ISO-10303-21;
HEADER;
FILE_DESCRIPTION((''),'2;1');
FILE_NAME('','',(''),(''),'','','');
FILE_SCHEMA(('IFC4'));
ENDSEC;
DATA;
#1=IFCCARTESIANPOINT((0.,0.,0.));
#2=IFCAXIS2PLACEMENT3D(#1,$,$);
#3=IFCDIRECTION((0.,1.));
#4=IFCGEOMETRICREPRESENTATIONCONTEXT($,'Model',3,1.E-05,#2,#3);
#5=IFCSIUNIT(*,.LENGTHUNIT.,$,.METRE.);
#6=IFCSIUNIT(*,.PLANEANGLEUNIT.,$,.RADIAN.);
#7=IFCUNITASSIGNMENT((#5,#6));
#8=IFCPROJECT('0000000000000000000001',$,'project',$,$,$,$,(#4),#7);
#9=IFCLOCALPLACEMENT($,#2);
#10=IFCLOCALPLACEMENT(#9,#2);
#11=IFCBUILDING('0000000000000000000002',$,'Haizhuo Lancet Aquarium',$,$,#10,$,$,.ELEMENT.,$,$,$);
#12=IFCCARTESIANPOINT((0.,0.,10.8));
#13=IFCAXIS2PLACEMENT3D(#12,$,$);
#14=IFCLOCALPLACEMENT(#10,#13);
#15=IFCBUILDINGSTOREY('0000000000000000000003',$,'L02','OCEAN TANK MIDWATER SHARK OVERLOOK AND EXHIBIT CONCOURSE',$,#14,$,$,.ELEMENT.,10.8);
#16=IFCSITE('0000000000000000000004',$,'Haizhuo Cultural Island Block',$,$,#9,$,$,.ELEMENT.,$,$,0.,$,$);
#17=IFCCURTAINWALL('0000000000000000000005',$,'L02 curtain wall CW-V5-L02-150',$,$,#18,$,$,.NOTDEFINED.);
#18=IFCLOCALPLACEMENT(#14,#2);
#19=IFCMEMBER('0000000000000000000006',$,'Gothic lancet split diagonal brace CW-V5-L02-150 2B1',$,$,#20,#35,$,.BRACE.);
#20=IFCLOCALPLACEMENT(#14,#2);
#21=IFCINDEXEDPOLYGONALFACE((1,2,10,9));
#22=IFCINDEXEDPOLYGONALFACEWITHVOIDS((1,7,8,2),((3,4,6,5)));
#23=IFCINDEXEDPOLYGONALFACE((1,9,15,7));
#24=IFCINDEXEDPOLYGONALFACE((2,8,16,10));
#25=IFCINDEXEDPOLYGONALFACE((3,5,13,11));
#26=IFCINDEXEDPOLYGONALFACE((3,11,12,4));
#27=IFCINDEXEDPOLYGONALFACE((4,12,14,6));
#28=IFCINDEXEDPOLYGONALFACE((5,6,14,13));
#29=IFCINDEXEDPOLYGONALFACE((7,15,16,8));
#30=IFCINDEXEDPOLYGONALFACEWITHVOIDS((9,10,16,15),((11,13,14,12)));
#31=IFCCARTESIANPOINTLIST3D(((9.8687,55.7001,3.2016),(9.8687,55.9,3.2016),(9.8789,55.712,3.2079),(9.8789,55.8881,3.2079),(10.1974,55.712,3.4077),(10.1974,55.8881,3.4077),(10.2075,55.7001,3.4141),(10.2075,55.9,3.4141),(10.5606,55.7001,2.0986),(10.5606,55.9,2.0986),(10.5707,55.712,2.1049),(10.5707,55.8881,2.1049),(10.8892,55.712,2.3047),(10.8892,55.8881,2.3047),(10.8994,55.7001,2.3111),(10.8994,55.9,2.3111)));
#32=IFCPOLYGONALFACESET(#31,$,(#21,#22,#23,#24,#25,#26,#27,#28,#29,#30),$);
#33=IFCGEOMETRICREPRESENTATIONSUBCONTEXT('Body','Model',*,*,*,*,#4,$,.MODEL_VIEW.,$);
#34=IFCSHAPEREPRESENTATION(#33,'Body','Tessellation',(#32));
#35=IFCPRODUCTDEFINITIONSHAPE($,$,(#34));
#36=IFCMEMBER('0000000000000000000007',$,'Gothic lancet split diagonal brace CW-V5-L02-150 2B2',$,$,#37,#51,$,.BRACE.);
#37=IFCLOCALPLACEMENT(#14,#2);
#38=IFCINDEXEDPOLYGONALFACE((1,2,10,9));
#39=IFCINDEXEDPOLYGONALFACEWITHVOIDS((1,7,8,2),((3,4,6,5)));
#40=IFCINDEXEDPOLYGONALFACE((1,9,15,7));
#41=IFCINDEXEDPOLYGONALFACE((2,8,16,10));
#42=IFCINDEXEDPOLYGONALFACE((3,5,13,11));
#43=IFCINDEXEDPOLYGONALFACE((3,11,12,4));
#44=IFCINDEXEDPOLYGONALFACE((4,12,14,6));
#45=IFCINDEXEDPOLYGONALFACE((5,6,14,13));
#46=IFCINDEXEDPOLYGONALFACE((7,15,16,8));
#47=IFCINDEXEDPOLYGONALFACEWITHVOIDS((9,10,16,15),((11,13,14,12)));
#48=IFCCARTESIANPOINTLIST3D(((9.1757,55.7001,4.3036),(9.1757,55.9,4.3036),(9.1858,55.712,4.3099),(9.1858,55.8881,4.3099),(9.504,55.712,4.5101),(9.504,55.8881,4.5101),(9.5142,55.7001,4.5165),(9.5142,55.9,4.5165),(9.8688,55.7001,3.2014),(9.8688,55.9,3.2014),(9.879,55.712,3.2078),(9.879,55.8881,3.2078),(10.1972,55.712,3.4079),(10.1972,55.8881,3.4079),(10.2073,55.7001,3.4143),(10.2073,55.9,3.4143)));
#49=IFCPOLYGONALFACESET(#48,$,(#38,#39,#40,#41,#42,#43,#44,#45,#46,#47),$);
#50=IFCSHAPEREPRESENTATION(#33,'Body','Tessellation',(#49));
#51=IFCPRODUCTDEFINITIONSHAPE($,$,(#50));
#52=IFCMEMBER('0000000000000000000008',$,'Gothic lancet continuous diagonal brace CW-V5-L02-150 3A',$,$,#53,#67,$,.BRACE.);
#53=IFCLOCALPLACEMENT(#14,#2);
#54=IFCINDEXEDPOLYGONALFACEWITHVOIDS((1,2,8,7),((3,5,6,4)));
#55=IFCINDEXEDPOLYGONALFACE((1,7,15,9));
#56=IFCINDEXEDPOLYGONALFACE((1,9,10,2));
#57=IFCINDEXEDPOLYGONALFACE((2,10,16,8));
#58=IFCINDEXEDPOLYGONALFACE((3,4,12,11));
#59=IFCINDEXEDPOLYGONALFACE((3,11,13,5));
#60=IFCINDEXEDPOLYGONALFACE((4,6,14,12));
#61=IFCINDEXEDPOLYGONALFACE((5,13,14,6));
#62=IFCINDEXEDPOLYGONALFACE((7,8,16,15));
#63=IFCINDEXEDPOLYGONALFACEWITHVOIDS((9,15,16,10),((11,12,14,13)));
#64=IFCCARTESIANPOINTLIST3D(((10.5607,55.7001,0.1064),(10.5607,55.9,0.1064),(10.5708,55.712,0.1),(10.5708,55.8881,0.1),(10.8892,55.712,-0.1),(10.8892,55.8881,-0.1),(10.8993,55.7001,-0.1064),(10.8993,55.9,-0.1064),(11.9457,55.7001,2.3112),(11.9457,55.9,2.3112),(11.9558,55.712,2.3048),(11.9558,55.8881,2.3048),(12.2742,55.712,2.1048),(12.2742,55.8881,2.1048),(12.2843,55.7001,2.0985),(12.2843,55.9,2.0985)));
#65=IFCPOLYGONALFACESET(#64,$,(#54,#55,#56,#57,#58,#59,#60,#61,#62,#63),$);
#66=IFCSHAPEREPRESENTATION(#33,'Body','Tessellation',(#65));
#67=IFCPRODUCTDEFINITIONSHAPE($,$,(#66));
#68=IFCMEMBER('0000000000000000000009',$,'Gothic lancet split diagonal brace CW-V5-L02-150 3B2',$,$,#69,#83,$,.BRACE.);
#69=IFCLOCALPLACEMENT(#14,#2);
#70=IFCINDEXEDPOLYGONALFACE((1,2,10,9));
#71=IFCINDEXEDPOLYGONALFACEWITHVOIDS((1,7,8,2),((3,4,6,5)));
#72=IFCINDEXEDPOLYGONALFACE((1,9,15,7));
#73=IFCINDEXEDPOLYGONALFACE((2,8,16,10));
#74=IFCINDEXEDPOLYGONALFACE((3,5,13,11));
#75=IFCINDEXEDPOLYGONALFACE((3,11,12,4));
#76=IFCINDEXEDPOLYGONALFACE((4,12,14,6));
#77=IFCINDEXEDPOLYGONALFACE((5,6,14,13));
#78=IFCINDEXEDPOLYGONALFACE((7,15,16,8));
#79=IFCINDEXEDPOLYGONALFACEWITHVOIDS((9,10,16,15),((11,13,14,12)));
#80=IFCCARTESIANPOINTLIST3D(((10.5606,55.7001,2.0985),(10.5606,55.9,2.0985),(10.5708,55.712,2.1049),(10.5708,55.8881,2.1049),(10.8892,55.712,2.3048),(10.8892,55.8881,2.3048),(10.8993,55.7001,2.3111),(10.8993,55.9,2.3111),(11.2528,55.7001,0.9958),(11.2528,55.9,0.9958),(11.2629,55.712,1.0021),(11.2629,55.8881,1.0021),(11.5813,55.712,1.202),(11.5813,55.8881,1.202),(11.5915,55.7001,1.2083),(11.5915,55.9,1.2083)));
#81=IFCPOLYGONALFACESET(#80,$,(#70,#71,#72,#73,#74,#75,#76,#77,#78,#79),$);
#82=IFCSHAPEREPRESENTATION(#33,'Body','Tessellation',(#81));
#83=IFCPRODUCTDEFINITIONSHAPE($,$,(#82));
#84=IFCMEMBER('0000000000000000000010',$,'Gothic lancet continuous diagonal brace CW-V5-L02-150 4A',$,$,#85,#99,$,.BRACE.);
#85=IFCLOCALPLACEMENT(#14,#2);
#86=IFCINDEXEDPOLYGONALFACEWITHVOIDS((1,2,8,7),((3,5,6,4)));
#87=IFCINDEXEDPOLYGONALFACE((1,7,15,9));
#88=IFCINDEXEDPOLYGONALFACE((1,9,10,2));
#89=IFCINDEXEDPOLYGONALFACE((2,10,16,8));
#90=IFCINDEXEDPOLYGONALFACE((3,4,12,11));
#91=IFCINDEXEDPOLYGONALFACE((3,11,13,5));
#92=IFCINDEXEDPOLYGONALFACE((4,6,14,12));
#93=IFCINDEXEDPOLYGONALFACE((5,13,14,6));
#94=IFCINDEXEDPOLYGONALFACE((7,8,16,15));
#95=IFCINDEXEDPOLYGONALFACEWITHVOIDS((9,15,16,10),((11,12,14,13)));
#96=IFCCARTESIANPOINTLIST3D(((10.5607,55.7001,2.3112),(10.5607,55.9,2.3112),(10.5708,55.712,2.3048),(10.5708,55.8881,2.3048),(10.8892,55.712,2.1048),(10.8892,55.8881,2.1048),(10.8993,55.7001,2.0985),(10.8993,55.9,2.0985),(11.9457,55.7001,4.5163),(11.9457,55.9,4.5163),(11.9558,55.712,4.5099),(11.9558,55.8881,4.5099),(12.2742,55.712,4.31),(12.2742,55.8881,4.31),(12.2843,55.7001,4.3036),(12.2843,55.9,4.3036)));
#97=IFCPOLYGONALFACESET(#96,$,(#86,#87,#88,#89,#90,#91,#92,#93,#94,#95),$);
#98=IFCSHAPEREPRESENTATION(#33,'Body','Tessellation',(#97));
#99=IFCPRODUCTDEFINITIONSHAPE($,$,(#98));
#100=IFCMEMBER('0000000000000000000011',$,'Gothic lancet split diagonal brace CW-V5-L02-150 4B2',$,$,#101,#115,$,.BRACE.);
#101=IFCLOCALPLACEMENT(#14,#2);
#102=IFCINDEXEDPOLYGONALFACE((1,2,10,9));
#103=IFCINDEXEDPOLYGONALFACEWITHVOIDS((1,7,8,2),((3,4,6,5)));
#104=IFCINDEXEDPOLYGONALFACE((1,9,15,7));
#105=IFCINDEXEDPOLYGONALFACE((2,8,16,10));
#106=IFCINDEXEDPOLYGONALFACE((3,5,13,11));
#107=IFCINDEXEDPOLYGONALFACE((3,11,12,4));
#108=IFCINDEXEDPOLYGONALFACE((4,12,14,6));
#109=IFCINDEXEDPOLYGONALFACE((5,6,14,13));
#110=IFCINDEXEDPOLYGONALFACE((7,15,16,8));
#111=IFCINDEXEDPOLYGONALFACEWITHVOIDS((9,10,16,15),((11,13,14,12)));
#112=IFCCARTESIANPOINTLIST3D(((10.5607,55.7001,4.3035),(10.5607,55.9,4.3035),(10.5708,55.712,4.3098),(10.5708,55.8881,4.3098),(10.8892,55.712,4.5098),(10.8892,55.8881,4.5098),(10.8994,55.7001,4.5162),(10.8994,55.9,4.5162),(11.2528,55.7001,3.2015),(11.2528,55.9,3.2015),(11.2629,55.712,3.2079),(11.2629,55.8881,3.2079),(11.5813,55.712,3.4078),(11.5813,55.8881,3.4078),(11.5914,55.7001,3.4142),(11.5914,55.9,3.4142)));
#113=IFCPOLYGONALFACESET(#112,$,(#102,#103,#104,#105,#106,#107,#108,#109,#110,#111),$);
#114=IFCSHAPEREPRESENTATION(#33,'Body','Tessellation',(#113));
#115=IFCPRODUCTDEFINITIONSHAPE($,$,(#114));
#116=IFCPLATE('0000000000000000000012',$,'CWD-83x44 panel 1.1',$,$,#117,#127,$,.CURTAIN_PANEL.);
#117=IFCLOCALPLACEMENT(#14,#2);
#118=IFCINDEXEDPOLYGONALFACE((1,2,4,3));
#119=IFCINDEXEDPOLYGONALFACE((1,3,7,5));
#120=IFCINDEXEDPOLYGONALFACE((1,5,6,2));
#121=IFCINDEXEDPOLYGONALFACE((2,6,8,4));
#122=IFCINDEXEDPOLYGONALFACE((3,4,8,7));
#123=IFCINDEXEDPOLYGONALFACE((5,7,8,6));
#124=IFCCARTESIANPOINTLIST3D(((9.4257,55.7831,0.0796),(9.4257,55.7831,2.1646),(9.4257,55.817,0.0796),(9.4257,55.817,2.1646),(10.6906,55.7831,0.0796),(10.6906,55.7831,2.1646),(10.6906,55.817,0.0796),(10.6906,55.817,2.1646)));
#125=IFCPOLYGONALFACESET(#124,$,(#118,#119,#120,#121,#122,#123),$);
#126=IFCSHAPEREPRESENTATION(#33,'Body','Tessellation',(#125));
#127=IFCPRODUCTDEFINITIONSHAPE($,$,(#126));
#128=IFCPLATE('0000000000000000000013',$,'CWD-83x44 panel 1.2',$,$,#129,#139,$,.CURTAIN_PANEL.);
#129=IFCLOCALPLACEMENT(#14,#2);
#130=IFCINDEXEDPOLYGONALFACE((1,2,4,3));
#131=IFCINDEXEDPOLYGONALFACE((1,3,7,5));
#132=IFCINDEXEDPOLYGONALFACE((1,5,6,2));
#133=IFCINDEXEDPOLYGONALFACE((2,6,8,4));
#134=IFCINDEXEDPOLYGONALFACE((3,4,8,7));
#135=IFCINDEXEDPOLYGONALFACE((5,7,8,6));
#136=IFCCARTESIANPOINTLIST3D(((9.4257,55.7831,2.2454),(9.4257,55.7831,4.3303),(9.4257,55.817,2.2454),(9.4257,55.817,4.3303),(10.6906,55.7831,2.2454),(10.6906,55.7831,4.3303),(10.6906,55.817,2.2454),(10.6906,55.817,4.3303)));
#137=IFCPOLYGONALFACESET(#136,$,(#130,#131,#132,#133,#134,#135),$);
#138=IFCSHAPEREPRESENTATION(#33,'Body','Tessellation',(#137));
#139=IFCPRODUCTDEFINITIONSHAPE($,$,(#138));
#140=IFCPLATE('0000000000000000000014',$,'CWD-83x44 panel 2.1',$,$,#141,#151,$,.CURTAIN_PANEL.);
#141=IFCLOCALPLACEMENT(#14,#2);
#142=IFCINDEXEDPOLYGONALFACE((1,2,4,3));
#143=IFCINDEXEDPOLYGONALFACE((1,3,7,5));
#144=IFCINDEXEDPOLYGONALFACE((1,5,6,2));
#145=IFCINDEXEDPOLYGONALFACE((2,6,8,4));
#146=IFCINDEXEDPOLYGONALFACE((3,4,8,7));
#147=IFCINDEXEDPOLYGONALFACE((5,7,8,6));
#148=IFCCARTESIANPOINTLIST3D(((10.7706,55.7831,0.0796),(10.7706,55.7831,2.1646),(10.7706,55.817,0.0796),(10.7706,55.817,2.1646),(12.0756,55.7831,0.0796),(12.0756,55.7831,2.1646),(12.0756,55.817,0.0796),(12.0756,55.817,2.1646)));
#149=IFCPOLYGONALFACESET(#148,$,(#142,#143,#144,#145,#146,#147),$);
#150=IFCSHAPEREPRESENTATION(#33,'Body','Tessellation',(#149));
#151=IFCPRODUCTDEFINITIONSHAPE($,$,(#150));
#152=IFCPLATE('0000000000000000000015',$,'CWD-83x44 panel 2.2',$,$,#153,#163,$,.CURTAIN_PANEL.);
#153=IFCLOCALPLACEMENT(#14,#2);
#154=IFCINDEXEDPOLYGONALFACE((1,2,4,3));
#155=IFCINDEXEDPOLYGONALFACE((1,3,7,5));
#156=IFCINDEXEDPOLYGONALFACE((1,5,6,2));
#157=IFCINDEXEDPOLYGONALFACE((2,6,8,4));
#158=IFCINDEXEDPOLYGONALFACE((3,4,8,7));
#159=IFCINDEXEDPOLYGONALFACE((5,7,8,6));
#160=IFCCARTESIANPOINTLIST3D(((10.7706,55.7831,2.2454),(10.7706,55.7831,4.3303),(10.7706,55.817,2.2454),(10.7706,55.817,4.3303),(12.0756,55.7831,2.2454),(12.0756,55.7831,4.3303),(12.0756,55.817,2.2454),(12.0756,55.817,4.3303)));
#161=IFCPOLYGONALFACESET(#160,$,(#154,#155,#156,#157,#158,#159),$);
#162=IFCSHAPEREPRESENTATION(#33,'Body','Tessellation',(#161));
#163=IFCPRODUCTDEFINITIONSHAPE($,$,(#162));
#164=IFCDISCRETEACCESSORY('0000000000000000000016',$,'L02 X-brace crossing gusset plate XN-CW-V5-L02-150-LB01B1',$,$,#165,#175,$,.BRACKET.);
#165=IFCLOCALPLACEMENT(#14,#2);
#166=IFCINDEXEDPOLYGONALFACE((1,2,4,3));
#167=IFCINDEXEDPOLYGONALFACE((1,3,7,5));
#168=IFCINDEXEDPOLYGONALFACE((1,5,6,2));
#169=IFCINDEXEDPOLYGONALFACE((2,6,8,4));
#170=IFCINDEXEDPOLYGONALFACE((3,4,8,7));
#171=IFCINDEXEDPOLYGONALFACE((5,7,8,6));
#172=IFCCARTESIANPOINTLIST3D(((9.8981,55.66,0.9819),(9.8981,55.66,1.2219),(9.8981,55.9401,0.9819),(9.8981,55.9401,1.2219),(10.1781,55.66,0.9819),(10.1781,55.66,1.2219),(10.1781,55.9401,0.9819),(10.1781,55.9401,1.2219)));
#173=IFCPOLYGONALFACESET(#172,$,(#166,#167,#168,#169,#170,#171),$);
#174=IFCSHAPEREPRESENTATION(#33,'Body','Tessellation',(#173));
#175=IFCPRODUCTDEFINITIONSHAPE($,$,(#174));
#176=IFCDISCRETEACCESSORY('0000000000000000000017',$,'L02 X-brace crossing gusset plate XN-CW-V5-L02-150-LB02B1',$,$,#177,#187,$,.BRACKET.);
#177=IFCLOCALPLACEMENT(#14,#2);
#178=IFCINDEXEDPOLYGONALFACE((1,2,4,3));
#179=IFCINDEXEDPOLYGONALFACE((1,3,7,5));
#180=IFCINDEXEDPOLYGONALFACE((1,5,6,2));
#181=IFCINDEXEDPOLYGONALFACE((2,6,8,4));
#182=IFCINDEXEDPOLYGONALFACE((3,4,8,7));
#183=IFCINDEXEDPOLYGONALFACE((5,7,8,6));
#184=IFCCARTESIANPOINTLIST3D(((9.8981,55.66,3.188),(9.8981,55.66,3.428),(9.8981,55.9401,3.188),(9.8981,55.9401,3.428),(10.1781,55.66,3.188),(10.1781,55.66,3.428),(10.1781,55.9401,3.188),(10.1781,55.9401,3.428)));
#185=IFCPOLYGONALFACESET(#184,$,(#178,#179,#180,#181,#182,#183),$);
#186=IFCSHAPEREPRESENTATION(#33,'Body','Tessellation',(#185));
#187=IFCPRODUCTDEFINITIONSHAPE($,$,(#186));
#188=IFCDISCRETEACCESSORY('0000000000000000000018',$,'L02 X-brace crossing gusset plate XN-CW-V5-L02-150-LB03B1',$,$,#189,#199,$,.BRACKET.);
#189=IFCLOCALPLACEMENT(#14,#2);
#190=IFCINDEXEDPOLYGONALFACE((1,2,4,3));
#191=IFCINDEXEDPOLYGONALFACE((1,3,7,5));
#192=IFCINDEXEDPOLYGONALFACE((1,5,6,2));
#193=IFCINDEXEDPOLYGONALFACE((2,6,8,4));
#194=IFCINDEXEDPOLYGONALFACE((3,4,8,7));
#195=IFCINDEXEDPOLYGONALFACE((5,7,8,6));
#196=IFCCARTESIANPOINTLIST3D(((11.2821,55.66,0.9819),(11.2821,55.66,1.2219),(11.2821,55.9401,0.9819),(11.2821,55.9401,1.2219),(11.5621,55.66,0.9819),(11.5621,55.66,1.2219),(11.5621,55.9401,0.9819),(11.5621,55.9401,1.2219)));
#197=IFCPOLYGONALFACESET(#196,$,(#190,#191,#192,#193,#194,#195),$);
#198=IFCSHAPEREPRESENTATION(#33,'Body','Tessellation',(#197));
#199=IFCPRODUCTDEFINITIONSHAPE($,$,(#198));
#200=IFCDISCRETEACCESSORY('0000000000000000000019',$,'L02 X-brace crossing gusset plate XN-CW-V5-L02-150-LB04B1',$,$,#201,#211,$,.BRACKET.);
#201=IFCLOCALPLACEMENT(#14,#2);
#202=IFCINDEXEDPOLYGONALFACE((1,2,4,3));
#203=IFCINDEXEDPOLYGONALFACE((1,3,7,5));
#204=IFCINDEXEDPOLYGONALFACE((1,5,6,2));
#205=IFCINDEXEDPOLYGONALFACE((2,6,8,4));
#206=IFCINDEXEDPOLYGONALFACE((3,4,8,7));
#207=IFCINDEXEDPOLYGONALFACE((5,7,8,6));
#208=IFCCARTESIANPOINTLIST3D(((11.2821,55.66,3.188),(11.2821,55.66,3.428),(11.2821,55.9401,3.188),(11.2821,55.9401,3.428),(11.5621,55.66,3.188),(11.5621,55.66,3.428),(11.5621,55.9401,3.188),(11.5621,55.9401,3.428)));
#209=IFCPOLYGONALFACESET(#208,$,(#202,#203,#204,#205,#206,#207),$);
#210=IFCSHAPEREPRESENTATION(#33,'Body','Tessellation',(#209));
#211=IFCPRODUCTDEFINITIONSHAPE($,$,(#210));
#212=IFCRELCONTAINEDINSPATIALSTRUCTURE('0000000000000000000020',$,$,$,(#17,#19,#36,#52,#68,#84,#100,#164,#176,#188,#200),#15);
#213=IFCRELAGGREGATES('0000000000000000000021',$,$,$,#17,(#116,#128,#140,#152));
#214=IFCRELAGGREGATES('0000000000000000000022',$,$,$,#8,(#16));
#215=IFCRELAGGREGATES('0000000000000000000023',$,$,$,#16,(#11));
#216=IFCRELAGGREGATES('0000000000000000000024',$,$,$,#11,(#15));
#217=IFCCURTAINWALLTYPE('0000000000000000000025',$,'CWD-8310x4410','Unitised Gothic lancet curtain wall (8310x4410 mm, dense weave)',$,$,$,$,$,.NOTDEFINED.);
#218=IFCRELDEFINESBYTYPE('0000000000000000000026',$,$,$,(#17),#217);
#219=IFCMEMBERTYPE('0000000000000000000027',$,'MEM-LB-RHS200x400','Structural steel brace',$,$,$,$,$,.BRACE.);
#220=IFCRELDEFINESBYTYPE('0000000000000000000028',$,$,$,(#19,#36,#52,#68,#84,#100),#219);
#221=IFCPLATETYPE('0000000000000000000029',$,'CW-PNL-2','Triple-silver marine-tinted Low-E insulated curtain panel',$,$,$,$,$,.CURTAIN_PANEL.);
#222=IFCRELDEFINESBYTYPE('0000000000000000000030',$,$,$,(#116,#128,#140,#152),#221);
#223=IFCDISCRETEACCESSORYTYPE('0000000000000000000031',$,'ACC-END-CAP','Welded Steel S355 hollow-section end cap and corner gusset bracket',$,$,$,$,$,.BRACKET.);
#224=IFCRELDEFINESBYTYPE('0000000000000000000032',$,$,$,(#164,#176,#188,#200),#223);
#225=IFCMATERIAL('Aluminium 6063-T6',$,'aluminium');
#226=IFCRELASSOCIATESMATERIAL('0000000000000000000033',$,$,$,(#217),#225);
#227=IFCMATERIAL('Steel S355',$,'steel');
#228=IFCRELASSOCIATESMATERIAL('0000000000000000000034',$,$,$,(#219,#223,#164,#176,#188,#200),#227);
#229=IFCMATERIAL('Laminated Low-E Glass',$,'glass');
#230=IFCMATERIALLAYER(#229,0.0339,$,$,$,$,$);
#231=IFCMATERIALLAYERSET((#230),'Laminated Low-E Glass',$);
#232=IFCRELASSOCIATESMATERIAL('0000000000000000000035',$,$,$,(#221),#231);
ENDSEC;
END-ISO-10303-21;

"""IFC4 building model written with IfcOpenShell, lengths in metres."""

from ifc_helpers import new_model, si_unit, direction, frame, origin, origin_2d, place, context, subcontext, project, spatial, rectangle, hollow_rectangle, extrude, material, layer, layer_set, material_profile, profile_set, type_object, element, aggregate, save


model = new_model("IFC4")

# Units and contexts
model_context = context("Model", 3, precision=1e-05, world=origin(), true_north=direction((0.0, 1.0)))
body_context = subcontext(model_context, "Body", "Model", "MODEL_VIEW")
ifc_project = project(units=[si_unit("LENGTHUNIT", "METRE"), si_unit("PLANEANGLEUNIT", "RADIAN")], contexts=[model_context])

# Site, building, storey
site_placement = place(None, origin())
site = spatial("IfcSite", under=ifc_project, at=site_placement, Name="Haizhuo Cultural Island Block", CompositionType="ELEMENT", RefElevation=0.0)
building_placement = place(site_placement, origin())
building = spatial("IfcBuilding", under=site, at=building_placement, Name="Haizhuo Lancet Aquarium", CompositionType="ELEMENT")
storey_placement = place(building_placement, frame((0.0, 0.0, 10.8)))
storey = spatial("IfcBuildingStorey", under=building, at=storey_placement, Name="L02", Description="OCEAN TANK MIDWATER SHARK OVERLOOK AND EXHIBIT CONCOURSE", CompositionType="ELEMENT", Elevation=10.8)

# Curtain wall
ifc_material_1 = material(Name="Aluminium 6063-T6", Category="aluminium")
curtain_wall_type = type_object("IfcCurtainWallType", Name="CWD-8310x4410", Description="Unitised Gothic lancet curtain wall (8310x4410 mm, dense weave)", PredefinedType="NOTDEFINED", material=ifc_material_1)
curtain_wall_placement = place(storey_placement, origin())
curtain_wall = element("IfcCurtainWall", 1, at=curtain_wall_placement, inside=storey, type_object=curtain_wall_type, Name="L02 curtain wall CW-V5-L02-150", PredefinedType="NOTDEFINED")

# Members
ifc_material_2 = material(Name="Steel S355", Category="steel")
ifc_material_profile_1 = material_profile(ifc_material_2, hollow_rectangle(XDim=0.2, YDim=0.3999, WallThickness=0.012, at=origin_2d()), Name="RHS 200x400x12")
ifc_profile_set_1 = profile_set([ifc_material_profile_1], Name="Steel S355")
member_type_1 = type_object("IfcMemberType", Name="MEM-LB-RHS200x400", Description="Structural steel brace", PredefinedType="BRACE", material=ifc_profile_set_1)
for number, where, z_axis, x_axis, name in (
    (2, (10.73, 55.8, 2.2048), (-0.53138, 0.0, 0.847133), (0.0, -1.0, 0.0), "Gothic lancet split diagonal brace CW-V5-L02-150 2B1"),
    (3, (10.0381, 55.8, 3.3079), (-0.53239, 0.0, 0.846499), (0.0, -1.0, 0.0), "Gothic lancet split diagonal brace CW-V5-L02-150 2B2"),
):
    element("IfcMember", number, at=place(storey_placement, frame(where, z_axis=z_axis, x_axis=x_axis)), inside=storey, type_object=member_type_1, Name=name, PredefinedType="BRACE", context=body_context, shape_type="SweptSolid", body=[
        extrude(hollow_rectangle(XDim=0.2, YDim=0.3999, WallThickness=0.012, at=origin_2d()), origin(), (0.0, 0.0, 1.0), 1.302),
    ])
member_1_placement = place(storey_placement, frame((10.73, 55.8, 0.0), z_axis=(0.531928, 0.0, 0.84679), x_axis=(0.0, 1.0, 0.0)))
element("IfcMember", 4, at=member_1_placement, inside=storey, type_object=member_type_1, Name="Gothic lancet continuous diagonal brace CW-V5-L02-150 3A", PredefinedType="BRACE", context=body_context, shape_type="SweptSolid", body=[
    extrude(hollow_rectangle(XDim=0.2, YDim=0.3999, WallThickness=0.012, at=origin_2d()), origin(), (0.0, 0.0, 1.0), 2.6038),
])
member_2_placement = place(storey_placement, frame((11.4221, 55.8, 1.1021), z_axis=(-0.531599, 0.0, 0.846996), x_axis=(0.0, -1.0, 0.0)))
element("IfcMember", 5, at=member_2_placement, inside=storey, type_object=member_type_1, Name="Gothic lancet split diagonal brace CW-V5-L02-150 3B2", PredefinedType="BRACE", context=body_context, shape_type="SweptSolid", body=[
    extrude(hollow_rectangle(XDim=0.2, YDim=0.3999, WallThickness=0.012, at=origin_2d()), origin(), (0.0, 0.0, 1.0), 1.302),
])
member_3_placement = place(storey_placement, frame((10.73, 55.8, 2.2048), z_axis=(0.531885, 0.0, 0.846816), x_axis=(0.0, 1.0, 0.0)))
element("IfcMember", 6, at=member_3_placement, inside=storey, type_object=member_type_1, Name="Gothic lancet continuous diagonal brace CW-V5-L02-150 4A", PredefinedType="BRACE", context=body_context, shape_type="SweptSolid", body=[
    extrude(hollow_rectangle(XDim=0.2, YDim=0.3999, WallThickness=0.012, at=origin_2d()), origin(), (0.0, 0.0, 1.0), 2.604),
])
member_4_placement = place(storey_placement, frame((11.4221, 55.8, 3.3079), z_axis=(-0.531853, 0.0, 0.846837), x_axis=(0.0, -1.0, 0.0)))
element("IfcMember", 7, at=member_4_placement, inside=storey, type_object=member_type_1, Name="Gothic lancet split diagonal brace CW-V5-L02-150 4B2", PredefinedType="BRACE", context=body_context, shape_type="SweptSolid", body=[
    extrude(hollow_rectangle(XDim=0.2, YDim=0.3999, WallThickness=0.012, at=origin_2d()), origin(), (0.0, 0.0, 1.0), 1.3013),
])

# Plates
ifc_material_3 = material(Name="Laminated Low-E Glass", Category="glass")
ifc_layer = layer(ifc_material_3, 0.0339)
ifc_layer_set = layer_set([ifc_layer], Name="Laminated Low-E Glass")
plate_type = type_object("IfcPlateType", Name="CW-PNL-2", Description="Triple-silver marine-tinted Low-E insulated curtain panel", PredefinedType="CURTAIN_PANEL", material=ifc_layer_set)
plate_1_placement = place(storey_placement, frame((10.0581, 55.8, 0.0796), z_axis=(0.0, 0.0, 1.0), x_axis=(1.0, 0.0, 0.0)))
plate_1 = element("IfcPlate", 8, at=plate_1_placement, type_object=plate_type, Name="CWD-83x44 panel 1.1", PredefinedType="CURTAIN_PANEL", context=body_context, shape_type="SweptSolid", body=[
    extrude(rectangle(XDim=1.2649, YDim=0.0339, at=origin_2d()), origin(), (0.0, 0.0, 1.0), 2.085),
])
plate_2_placement = place(storey_placement, frame((10.0581, 55.8, 2.2454), z_axis=(0.0, 0.0, 1.0), x_axis=(1.0, 0.0, 0.0)))
plate_2 = element("IfcPlate", 9, at=plate_2_placement, type_object=plate_type, Name="CWD-83x44 panel 1.2", PredefinedType="CURTAIN_PANEL", context=body_context, shape_type="SweptSolid", body=[
    extrude(rectangle(XDim=1.2649, YDim=0.0339, at=origin_2d()), origin(), (0.0, 0.0, 1.0), 2.085),
])
plate_3_placement = place(storey_placement, frame((11.4231, 55.8, 0.0796), z_axis=(0.0, 0.0, 1.0), x_axis=(1.0, 0.0, 0.0)))
plate_3 = element("IfcPlate", 10, at=plate_3_placement, type_object=plate_type, Name="CWD-83x44 panel 2.1", PredefinedType="CURTAIN_PANEL", context=body_context, shape_type="SweptSolid", body=[
    extrude(rectangle(XDim=1.3049, YDim=0.0339, at=origin_2d()), origin(), (0.0, 0.0, 1.0), 2.085),
])
plate_4_placement = place(storey_placement, frame((11.4231, 55.8, 2.2454), z_axis=(0.0, 0.0, 1.0), x_axis=(1.0, 0.0, 0.0)))
plate_4 = element("IfcPlate", 11, at=plate_4_placement, type_object=plate_type, Name="CWD-83x44 panel 2.2", PredefinedType="CURTAIN_PANEL", context=body_context, shape_type="SweptSolid", body=[
    extrude(rectangle(XDim=1.3049, YDim=0.0339, at=origin_2d()), origin(), (0.0, 0.0, 1.0), 2.085),
])
aggregate(curtain_wall, [plate_1, plate_2, plate_3, plate_4])

# Discrete accessories
discrete_accessory_type = type_object("IfcDiscreteAccessoryType", Name="ACC-END-CAP", Description="Welded Steel S355 hollow-section end cap and corner gusset bracket", PredefinedType="BRACKET", material=ifc_material_2)
for number, where, z_axis, x_axis, name in (
    (12, (10.0381, 55.8, 0.9819), (0.0, 0.0, 1.0), (1.0, 0.0, 0.0), "L02 X-brace crossing gusset plate XN-CW-V5-L02-150-LB01B1"),
    (13, (10.0381, 55.8, 3.188), (0.0, 0.0, 1.0), (1.0, 0.0, 0.0), "L02 X-brace crossing gusset plate XN-CW-V5-L02-150-LB02B1"),
    (14, (11.4221, 55.8, 0.9819), (0.0, 0.0, 1.0), (1.0, 0.0, 0.0), "L02 X-brace crossing gusset plate XN-CW-V5-L02-150-LB03B1"),
    (15, (11.4221, 55.8, 3.188), (0.0, 0.0, 1.0), (1.0, 0.0, 0.0), "L02 X-brace crossing gusset plate XN-CW-V5-L02-150-LB04B1"),
):
    element("IfcDiscreteAccessory", number, at=place(storey_placement, frame(where, z_axis=z_axis, x_axis=x_axis)), inside=storey, type_object=discrete_accessory_type, material=ifc_material_2, Name=name, PredefinedType="BRACKET", context=body_context, shape_type="SweptSolid", body=[
        extrude(rectangle(XDim=0.28, YDim=0.28, at=origin_2d()), origin(), (0.0, 0.0, 1.0), 0.24),
    ])

save(model, "model.ifc")
